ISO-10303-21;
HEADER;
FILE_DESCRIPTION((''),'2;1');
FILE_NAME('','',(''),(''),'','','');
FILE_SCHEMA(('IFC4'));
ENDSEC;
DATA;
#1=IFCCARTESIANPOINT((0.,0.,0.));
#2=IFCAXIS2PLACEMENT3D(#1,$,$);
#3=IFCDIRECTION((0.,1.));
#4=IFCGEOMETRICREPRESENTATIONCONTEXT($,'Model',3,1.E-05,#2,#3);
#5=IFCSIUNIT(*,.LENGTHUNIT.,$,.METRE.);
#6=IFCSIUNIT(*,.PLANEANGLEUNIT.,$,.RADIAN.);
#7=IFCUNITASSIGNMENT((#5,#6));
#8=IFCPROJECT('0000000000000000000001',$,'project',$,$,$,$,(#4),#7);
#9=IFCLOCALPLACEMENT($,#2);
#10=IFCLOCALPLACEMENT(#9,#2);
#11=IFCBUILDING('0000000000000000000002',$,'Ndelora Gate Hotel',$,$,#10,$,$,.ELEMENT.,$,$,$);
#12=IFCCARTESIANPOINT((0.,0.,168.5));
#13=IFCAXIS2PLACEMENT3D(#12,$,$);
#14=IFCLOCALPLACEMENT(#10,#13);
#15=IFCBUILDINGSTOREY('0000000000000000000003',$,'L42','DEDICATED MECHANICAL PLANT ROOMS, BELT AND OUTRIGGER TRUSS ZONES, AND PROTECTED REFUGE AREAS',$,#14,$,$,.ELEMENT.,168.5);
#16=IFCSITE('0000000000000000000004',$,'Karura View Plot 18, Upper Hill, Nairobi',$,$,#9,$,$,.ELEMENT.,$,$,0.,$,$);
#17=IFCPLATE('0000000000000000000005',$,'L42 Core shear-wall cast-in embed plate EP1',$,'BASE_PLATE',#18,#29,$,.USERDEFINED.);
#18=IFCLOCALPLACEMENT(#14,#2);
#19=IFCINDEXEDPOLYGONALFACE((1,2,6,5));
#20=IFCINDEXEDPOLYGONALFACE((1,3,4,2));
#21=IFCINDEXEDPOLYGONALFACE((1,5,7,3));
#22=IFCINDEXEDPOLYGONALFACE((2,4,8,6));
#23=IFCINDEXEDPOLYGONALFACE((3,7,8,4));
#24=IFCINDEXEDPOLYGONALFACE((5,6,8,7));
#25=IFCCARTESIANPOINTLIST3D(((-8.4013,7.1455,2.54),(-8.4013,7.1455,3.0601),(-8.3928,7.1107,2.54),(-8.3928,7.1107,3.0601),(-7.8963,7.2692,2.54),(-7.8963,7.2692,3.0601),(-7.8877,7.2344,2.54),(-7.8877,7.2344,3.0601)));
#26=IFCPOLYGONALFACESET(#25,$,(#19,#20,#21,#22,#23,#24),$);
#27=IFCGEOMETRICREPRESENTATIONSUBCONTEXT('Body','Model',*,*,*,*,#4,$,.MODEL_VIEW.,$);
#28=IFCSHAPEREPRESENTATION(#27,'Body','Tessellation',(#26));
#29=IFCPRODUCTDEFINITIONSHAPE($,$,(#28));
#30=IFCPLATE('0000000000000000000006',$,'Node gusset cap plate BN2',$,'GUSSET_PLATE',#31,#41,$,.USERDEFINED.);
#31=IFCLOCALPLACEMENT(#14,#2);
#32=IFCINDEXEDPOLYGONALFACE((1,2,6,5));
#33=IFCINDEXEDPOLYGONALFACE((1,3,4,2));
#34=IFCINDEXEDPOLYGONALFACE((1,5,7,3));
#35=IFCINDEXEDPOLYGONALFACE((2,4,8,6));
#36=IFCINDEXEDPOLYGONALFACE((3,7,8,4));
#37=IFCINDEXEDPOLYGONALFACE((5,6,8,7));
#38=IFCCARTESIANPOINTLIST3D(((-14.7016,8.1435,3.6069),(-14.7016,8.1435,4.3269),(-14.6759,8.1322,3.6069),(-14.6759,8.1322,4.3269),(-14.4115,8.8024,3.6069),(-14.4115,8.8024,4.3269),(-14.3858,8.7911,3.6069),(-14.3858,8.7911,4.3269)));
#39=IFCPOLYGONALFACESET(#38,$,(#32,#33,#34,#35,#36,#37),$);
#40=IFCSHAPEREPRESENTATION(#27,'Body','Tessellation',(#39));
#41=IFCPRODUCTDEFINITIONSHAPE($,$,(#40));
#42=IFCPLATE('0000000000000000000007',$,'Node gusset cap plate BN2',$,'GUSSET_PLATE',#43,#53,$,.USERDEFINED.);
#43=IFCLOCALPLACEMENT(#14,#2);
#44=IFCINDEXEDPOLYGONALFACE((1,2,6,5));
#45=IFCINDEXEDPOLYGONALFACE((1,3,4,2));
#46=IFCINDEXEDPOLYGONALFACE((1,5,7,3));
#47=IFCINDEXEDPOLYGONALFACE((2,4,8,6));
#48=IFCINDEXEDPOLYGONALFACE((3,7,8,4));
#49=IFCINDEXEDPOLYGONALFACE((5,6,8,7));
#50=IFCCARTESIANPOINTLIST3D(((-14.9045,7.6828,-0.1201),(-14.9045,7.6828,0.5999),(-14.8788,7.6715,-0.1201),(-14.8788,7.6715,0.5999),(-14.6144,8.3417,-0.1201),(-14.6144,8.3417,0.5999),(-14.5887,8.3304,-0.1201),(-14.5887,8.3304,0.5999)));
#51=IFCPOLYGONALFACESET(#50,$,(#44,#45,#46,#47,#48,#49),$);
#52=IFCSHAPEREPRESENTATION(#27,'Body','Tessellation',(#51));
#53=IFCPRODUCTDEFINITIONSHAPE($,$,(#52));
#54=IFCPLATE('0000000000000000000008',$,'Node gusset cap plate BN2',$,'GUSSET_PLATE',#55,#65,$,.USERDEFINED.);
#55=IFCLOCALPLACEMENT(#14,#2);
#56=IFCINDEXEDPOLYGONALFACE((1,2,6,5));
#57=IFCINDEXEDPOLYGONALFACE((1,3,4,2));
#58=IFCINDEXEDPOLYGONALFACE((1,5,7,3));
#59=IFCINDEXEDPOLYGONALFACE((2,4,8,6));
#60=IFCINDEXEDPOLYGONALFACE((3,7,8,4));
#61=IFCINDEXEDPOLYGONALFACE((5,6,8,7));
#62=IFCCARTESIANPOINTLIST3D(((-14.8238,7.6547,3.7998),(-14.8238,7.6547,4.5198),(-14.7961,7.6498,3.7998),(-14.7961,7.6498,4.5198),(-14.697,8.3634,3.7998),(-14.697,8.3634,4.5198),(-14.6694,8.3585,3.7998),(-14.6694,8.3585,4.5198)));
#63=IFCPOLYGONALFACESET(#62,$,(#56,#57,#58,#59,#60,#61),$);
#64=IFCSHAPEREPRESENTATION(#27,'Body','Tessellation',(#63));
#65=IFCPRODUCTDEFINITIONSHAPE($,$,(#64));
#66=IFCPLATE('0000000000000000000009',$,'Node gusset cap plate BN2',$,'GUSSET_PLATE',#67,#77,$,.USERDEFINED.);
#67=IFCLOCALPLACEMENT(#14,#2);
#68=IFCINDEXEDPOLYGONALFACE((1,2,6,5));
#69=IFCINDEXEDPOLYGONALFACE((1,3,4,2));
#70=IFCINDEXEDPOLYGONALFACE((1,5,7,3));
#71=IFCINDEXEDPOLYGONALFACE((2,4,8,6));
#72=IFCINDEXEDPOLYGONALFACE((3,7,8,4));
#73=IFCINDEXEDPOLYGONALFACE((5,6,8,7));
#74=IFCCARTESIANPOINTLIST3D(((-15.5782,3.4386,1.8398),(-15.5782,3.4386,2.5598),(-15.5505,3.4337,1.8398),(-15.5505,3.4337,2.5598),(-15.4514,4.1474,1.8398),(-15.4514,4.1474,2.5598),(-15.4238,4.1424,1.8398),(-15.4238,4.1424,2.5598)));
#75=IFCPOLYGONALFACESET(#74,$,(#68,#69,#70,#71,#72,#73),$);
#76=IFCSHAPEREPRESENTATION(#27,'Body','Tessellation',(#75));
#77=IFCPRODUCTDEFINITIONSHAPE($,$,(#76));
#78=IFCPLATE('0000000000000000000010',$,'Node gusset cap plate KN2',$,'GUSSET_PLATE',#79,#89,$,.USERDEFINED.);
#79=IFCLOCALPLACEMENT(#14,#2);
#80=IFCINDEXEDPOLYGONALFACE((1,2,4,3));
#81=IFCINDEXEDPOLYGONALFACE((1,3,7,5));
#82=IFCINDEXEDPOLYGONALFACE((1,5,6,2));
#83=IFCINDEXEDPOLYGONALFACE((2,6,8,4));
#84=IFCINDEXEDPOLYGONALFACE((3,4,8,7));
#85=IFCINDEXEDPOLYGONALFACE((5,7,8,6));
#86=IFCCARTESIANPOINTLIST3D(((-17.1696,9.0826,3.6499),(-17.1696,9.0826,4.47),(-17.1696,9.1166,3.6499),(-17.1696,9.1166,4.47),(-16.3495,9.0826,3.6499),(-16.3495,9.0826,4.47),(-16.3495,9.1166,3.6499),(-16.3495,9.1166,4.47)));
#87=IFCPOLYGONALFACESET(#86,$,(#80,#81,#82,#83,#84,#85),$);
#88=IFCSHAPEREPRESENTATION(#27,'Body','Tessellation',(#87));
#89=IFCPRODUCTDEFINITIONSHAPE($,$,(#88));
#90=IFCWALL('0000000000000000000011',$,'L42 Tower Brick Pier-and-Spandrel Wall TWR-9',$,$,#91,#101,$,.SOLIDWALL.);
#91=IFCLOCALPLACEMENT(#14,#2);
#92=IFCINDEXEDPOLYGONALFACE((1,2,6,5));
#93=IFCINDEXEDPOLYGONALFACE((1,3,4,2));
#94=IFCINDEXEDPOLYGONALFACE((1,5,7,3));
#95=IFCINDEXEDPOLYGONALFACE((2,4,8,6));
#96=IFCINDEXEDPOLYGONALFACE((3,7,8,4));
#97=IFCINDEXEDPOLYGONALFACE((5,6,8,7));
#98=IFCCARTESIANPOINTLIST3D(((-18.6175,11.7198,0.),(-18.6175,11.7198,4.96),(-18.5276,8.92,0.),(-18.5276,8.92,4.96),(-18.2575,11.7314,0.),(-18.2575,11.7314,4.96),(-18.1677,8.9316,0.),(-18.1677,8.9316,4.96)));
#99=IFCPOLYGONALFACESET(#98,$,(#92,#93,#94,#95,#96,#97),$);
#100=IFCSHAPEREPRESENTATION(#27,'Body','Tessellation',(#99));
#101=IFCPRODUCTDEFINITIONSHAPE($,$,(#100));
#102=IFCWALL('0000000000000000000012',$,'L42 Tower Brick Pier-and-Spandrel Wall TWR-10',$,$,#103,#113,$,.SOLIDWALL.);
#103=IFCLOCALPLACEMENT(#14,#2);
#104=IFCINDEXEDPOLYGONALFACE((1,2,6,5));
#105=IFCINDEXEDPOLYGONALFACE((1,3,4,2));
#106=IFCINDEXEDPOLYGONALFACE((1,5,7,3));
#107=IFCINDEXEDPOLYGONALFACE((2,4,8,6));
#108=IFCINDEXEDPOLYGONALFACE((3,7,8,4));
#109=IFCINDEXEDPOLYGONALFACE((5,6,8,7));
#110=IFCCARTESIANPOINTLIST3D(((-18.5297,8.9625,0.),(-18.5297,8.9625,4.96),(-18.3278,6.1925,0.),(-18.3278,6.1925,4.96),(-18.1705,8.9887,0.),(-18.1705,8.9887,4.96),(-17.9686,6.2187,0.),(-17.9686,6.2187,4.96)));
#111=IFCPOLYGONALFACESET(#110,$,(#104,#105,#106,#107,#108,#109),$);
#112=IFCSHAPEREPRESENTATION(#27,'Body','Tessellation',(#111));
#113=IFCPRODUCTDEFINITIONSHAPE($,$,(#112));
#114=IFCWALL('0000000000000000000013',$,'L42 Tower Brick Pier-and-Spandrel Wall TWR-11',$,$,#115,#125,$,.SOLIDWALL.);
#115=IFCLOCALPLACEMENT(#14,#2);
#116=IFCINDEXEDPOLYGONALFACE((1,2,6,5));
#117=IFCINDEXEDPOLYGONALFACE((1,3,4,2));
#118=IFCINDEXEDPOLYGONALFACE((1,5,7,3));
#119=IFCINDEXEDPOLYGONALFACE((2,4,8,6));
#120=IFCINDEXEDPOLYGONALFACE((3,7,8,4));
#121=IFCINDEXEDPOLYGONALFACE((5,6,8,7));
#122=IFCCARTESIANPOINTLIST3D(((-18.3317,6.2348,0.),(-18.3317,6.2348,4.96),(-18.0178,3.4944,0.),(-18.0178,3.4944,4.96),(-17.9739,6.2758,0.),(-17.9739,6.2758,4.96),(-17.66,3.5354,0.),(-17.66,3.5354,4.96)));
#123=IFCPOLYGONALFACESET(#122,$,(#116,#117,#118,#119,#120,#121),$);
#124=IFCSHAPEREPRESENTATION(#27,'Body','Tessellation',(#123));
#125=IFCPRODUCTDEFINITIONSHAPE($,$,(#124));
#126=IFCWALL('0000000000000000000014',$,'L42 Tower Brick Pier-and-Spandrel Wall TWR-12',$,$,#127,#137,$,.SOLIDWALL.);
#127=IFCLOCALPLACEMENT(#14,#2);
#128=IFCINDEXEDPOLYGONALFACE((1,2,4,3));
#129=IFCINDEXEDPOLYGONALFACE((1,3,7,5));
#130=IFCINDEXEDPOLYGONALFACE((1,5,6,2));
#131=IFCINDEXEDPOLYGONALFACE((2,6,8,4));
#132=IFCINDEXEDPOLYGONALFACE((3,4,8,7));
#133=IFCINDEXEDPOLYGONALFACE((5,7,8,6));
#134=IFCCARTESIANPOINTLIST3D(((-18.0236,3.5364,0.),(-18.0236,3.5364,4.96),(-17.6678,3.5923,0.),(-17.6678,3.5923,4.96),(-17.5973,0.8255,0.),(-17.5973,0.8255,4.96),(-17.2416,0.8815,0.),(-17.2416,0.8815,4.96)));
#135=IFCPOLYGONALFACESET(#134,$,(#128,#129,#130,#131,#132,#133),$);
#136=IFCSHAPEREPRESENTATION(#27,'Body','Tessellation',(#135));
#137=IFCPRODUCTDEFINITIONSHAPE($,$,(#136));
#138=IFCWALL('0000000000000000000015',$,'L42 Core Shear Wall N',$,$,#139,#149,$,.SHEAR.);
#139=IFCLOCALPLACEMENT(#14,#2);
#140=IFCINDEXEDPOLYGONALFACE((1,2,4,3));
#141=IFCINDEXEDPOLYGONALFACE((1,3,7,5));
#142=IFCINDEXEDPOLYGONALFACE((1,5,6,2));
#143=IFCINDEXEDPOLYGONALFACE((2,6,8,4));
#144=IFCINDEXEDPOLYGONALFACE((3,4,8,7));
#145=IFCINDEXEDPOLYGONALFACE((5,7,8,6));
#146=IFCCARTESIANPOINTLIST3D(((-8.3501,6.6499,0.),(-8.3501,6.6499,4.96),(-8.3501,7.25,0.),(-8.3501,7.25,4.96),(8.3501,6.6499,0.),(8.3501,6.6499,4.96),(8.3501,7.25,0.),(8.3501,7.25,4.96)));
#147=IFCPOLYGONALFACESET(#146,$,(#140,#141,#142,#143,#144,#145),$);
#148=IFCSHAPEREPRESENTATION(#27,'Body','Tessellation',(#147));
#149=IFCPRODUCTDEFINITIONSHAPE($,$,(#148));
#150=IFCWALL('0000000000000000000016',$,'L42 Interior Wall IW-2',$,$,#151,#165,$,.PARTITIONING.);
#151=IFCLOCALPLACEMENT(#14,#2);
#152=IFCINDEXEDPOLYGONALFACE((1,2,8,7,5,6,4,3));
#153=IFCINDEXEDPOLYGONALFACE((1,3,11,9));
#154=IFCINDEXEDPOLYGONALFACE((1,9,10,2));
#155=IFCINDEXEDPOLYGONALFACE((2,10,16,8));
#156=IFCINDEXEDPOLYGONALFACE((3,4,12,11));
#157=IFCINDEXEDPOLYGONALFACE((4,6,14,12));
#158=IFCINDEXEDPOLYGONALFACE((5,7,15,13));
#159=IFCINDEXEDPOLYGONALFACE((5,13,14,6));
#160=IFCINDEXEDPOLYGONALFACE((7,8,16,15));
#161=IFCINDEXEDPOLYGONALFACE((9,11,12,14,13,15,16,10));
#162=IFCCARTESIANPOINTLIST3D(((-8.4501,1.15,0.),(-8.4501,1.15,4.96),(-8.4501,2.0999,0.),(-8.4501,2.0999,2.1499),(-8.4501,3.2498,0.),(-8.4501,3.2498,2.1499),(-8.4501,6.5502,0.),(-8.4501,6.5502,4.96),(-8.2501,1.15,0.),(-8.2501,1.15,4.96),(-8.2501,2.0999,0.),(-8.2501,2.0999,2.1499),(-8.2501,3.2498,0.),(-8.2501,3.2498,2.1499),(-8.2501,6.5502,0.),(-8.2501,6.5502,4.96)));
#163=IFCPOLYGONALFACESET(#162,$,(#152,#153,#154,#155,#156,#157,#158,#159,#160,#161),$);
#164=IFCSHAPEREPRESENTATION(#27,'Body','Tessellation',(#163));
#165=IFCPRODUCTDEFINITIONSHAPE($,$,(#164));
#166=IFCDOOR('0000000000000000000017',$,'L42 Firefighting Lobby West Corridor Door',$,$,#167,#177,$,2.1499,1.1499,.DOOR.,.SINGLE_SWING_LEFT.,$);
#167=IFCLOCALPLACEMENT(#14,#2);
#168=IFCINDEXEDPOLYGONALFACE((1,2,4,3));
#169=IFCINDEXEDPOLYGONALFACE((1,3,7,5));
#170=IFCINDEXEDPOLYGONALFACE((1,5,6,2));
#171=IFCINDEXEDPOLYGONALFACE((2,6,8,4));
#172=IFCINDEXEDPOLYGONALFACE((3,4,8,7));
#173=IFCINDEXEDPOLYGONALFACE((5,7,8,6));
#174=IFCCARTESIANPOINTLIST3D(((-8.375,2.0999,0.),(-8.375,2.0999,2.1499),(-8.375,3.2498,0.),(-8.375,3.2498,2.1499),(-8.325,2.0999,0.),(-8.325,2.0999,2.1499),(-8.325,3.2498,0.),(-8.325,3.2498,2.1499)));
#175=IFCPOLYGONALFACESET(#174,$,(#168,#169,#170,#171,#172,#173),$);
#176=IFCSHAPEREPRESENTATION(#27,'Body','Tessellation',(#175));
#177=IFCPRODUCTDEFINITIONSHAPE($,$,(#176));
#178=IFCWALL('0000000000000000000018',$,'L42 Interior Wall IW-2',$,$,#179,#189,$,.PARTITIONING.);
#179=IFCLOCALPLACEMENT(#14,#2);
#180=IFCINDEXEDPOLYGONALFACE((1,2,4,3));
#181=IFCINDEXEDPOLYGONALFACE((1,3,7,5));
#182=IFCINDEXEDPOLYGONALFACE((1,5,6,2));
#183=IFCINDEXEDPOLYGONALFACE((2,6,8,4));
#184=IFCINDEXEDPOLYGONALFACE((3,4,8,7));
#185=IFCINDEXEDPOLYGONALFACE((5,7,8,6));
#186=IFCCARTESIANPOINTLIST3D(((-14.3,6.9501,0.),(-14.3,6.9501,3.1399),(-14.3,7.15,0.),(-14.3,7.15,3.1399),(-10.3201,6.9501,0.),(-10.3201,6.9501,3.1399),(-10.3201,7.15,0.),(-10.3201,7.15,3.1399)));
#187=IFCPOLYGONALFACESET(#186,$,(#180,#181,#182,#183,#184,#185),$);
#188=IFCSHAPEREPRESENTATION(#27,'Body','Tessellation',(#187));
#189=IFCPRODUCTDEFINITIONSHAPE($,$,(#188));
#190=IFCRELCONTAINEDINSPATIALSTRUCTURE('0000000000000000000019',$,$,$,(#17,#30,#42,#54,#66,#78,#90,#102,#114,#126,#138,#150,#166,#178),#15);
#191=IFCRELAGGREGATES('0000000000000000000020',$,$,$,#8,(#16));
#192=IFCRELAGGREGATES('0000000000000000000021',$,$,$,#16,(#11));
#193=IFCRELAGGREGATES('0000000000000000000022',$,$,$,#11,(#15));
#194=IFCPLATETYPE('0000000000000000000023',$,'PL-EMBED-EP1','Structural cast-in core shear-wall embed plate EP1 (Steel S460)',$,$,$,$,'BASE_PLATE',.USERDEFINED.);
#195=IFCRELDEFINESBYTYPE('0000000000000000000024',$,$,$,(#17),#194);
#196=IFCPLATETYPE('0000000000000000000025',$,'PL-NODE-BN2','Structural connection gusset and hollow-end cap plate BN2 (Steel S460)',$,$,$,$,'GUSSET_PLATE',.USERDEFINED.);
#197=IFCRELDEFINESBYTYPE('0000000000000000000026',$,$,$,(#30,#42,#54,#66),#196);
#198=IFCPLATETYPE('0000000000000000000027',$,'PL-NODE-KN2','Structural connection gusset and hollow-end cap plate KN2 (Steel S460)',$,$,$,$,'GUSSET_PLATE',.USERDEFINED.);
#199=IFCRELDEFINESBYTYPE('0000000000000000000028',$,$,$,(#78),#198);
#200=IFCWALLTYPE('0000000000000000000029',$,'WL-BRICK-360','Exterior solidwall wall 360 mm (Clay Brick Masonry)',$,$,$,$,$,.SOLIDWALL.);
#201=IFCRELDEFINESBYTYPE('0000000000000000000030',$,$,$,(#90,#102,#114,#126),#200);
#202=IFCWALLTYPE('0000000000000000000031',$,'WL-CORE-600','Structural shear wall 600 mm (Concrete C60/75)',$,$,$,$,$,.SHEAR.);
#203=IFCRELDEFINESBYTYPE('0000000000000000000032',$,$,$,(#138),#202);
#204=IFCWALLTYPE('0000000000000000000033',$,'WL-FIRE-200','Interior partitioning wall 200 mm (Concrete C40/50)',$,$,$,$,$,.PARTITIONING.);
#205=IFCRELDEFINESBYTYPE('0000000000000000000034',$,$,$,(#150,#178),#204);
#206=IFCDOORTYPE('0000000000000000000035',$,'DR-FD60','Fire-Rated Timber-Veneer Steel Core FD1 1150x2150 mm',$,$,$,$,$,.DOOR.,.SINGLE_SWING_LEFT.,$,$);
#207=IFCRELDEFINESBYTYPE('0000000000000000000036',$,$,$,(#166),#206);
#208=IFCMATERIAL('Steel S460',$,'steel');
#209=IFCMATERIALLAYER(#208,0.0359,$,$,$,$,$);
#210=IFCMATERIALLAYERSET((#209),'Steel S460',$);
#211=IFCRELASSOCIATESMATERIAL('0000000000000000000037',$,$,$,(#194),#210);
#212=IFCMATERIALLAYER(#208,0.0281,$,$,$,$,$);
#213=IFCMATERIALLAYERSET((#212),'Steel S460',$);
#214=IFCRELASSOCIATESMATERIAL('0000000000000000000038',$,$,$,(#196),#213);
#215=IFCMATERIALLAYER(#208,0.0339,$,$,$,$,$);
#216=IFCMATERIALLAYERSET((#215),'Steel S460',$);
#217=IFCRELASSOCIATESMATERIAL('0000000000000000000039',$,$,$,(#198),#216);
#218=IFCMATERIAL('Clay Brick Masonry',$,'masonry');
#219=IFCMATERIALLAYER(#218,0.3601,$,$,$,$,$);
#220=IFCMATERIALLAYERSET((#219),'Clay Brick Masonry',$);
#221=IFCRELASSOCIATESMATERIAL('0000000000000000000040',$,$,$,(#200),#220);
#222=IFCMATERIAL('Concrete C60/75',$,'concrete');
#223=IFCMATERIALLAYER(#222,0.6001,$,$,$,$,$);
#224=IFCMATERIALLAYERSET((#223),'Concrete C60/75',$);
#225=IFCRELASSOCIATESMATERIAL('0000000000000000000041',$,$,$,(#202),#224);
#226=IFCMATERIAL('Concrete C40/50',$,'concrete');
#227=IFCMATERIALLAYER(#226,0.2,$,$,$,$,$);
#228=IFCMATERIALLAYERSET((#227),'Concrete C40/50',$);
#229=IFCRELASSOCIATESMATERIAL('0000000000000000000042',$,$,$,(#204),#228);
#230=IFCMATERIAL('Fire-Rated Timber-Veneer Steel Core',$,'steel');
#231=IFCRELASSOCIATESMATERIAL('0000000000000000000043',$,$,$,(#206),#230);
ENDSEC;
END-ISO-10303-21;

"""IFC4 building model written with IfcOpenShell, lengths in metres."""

from ifc_helpers import new_model, si_unit, direction, frame, frame_2d, origin, origin_2d, place, context, subcontext, project, spatial, rectangle, extrude, material, layer, layer_set, type_object, element, fill, save


model = new_model("IFC4")

# Units and contexts
model_context = context("Model", 3, precision=1e-05, world=origin(), true_north=direction((0.0, 1.0)))
body_context = subcontext(model_context, "Body", "Model", "MODEL_VIEW")
ifc_project = project(units=[si_unit("LENGTHUNIT", "METRE"), si_unit("PLANEANGLEUNIT", "RADIAN")], contexts=[model_context])

# Site, building, storey
site_placement = place(None, origin())
site = spatial("IfcSite", under=ifc_project, at=site_placement, Name="Karura View Plot 18, Upper Hill, Nairobi", CompositionType="ELEMENT", RefElevation=0.0)
building_placement = place(site_placement, origin())
building = spatial("IfcBuilding", under=site, at=building_placement, Name="Ndelora Gate Hotel", CompositionType="ELEMENT")
storey_placement = place(building_placement, frame((0.0, 0.0, 168.5)))
storey = spatial("IfcBuildingStorey", under=building, at=storey_placement, Name="L42", Description="DEDICATED MECHANICAL PLANT ROOMS, BELT AND OUTRIGGER TRUSS ZONES, AND PROTECTED REFUGE AREAS", CompositionType="ELEMENT", Elevation=168.5)

# Shared definitions
ifc_material_1 = material(Name="Concrete C60/75", Category="concrete")

# Shared definitions
ifc_material_2 = material(Name="Steel S460", Category="steel")

# Plates
ifc_layer_1 = layer(ifc_material_2, 0.0359)
ifc_layer_set_1 = layer_set([ifc_layer_1], Name="Steel S460")
plate_type_1 = type_object("IfcPlateType", Name="PL-EMBED-EP1", Description="Structural cast-in core shear-wall embed plate EP1 (Steel S460)", ElementType="BASE_PLATE", PredefinedType="USERDEFINED", material=ifc_layer_set_1)
plate_1_placement = place(storey_placement, frame((-8.1445, 7.1899, 2.54), z_axis=(0.0, 0.0, 1.0), x_axis=(0.971301, 0.237855, 0.0)))
element("IfcPlate", 1, at=plate_1_placement, inside=storey, type_object=plate_type_1, Name="L42 Core shear-wall cast-in embed plate EP1", ObjectType="BASE_PLATE", PredefinedType="USERDEFINED", context=body_context, shape_type="SweptSolid", body=[
    extrude(rectangle(XDim=0.52, YDim=0.0359, at=origin_2d()), origin(), (0.0, 0.0, 1.0), 0.52),
])
ifc_layer_2 = layer(ifc_material_2, 0.0281)
ifc_layer_set_2 = layer_set([ifc_layer_2], Name="Steel S460")
plate_type_2 = type_object("IfcPlateType", Name="PL-NODE-BN2", Description="Structural connection gusset and hollow-end cap plate BN2 (Steel S460)", ElementType="GUSSET_PLATE", PredefinedType="USERDEFINED", material=ifc_layer_set_2)
for number, where, z_axis, x_axis, name in (
    (2, (-14.5437, 8.4673, 3.6069), (0.0, 0.0, 1.0), (0.402906, 0.915241, 0.0), "Node gusset cap plate BN2"),
    (3, (-14.7466, 8.0066, -0.1201), (0.0, 0.0, 1.0), (0.402906, 0.915241, 0.0), "Node gusset cap plate BN2"),
    (4, (-14.7466, 8.0066, 3.7998), (0.0, 0.0, 1.0), (0.176054, 0.984381, 0.0), "Node gusset cap plate BN2"),
    (5, (-15.501, 3.7905, 1.8398), (0.0, 0.0, 1.0), (0.176054, 0.984381, 0.0), "Node gusset cap plate BN2"),
):
    element("IfcPlate", number, at=place(storey_placement, frame(where, z_axis=z_axis, x_axis=x_axis)), inside=storey, type_object=plate_type_2, Name=name, ObjectType="GUSSET_PLATE", PredefinedType="USERDEFINED", context=body_context, shape_type="SweptSolid", body=[
        extrude(rectangle(XDim=0.72, YDim=0.0281, at=origin_2d()), origin(), (0.0, 0.0, 1.0), 0.72),
    ])
ifc_layer_3 = layer(ifc_material_2, 0.0339)
ifc_layer_set_3 = layer_set([ifc_layer_3], Name="Steel S460")
plate_type_3 = type_object("IfcPlateType", Name="PL-NODE-KN2", Description="Structural connection gusset and hollow-end cap plate KN2 (Steel S460)", ElementType="GUSSET_PLATE", PredefinedType="USERDEFINED", material=ifc_layer_set_3)
plate_2_placement = place(storey_placement, frame((-16.7595, 9.0996, 3.6499), z_axis=(0.0, 0.0, 1.0), x_axis=(1.0, 0.0, 0.0)))
element("IfcPlate", 6, at=plate_2_placement, inside=storey, type_object=plate_type_3, Name="Node gusset cap plate KN2", ObjectType="GUSSET_PLATE", PredefinedType="USERDEFINED", context=body_context, shape_type="SweptSolid", body=[
    extrude(rectangle(XDim=0.8201, YDim=0.0339, at=origin_2d()), origin(), (0.0, 0.0, 1.0), 0.8201),
])

# Walls
ifc_material_3 = material(Name="Clay Brick Masonry", Category="masonry")
ifc_layer_4 = layer(ifc_material_3, 0.3601)
ifc_layer_set_4 = layer_set([ifc_layer_4], Name="Clay Brick Masonry")
wall_type_1 = type_object("IfcWallType", Name="WL-BRICK-360", Description="Exterior solidwall wall 360 mm (Clay Brick Masonry)", PredefinedType="SOLIDWALL", material=ifc_layer_set_4)
wall_1_placement = place(storey_placement, frame((-18.3477, 8.9258, 0.0), z_axis=(0.0, 0.0, 1.0), x_axis=(-0.032073, 0.999486, 0.0)))
element("IfcWall", 7, at=wall_1_placement, inside=storey, type_object=wall_type_1, Name="L42 Tower Brick Pier-and-Spandrel Wall TWR-9", PredefinedType="SOLIDWALL", context=body_context, shape_type="SweptSolid", body=[
    extrude(rectangle(XDim=2.8013, YDim=0.3601, at=frame_2d((1.4006, 0.0))), origin(), (0.0, 0.0, 1.0), 4.96),
])
wall_2_placement = place(storey_placement, frame((-18.1482, 6.2056, 0.0), z_axis=(0.0, 0.0, 1.0), x_axis=(-0.072696, 0.997354, 0.0)))
element("IfcWall", 8, at=wall_2_placement, inside=storey, type_object=wall_type_1, Name="L42 Tower Brick Pier-and-Spandrel Wall TWR-10", PredefinedType="SOLIDWALL", context=body_context, shape_type="SweptSolid", body=[
    extrude(rectangle(XDim=2.7773, YDim=0.3601, at=frame_2d((1.3887, 0.0))), origin(), (0.0, 0.0, 1.0), 4.96),
])
wall_3_placement = place(storey_placement, frame((-17.8389, 3.5149, 0.0), z_axis=(0.0, 0.0, 1.0), x_axis=(-0.113821, 0.993501, 0.0)))
element("IfcWall", 9, at=wall_3_placement, inside=storey, type_object=wall_type_1, Name="L42 Tower Brick Pier-and-Spandrel Wall TWR-11", PredefinedType="SOLIDWALL", context=body_context, shape_type="SweptSolid", body=[
    extrude(rectangle(XDim=2.7583, YDim=0.3601, at=frame_2d((1.3792, 0.0))), origin(), (0.0, 0.0, 1.0), 4.96),
])
wall_4_placement = place(storey_placement, frame((-17.4194, 0.8535, 0.0), z_axis=(0.0, 0.0, 1.0), x_axis=(-0.155332, 0.987862, 0.0)))
element("IfcWall", 10, at=wall_4_placement, inside=storey, type_object=wall_type_1, Name="L42 Tower Brick Pier-and-Spandrel Wall TWR-12", PredefinedType="SOLIDWALL", context=body_context, shape_type="SweptSolid", body=[
    extrude(rectangle(XDim=2.7441, YDim=0.3601, at=frame_2d((1.3721, 0.0))), origin(), (0.0, 0.0, 1.0), 4.96),
])
ifc_layer_5 = layer(ifc_material_1, 0.6001)
ifc_layer_set_5 = layer_set([ifc_layer_5], Name="Concrete C60/75")
wall_type_2 = type_object("IfcWallType", Name="WL-CORE-600", Description="Structural shear wall 600 mm (Concrete C60/75)", PredefinedType="SHEAR", material=ifc_layer_set_5)
wall_5_placement = place(storey_placement, frame((-8.3501, 6.95, 0.0), z_axis=(0.0, 0.0, 1.0), x_axis=(1.0, 0.0, 0.0)))
element("IfcWall", 11, at=wall_5_placement, inside=storey, type_object=wall_type_2, Name="L42 Core Shear Wall N", PredefinedType="SHEAR", context=body_context, shape_type="SweptSolid", body=[
    extrude(rectangle(XDim=16.7002, YDim=0.6001, at=frame_2d((8.3501, 0.0))), origin(), (0.0, 0.0, 1.0), 4.96),
])

# Wall, opening, door
ifc_material_4 = material(Name="Concrete C40/50", Category="concrete")
ifc_layer_6 = layer(ifc_material_4, 0.2)
ifc_layer_set_6 = layer_set([ifc_layer_6], Name="Concrete C40/50")
wall_type_3 = type_object("IfcWallType", Name="WL-FIRE-200", Description="Interior partitioning wall 200 mm (Concrete C40/50)", PredefinedType="PARTITIONING", material=ifc_layer_set_6)
wall_6_placement = place(storey_placement, frame((-8.3501, 1.1499, 0.0), z_axis=(0.0, 0.0, 1.0), x_axis=(0.0, 1.0, 0.0)))
wall_6 = element("IfcWall", 12, at=wall_6_placement, inside=storey, type_object=wall_type_3, Name="L42 Interior Wall IW-2", PredefinedType="PARTITIONING", context=body_context, shape_type="SweptSolid", body=[
    extrude(rectangle(XDim=5.4001, YDim=0.2, at=frame_2d((2.7002, 0.0))), origin(), (0.0, 0.0, 1.0), 4.96),
])
opening_placement = place(wall_6_placement, frame((0.95, 0.0, 0.0)))
opening = element("IfcOpeningElement", 13, at=opening_placement, cuts=wall_6, PredefinedType="OPENING", context=body_context, shape_type="SweptSolid", body=[
    extrude(rectangle(XDim=1.1499, YDim=2.1499, at=frame_2d((0.575, 1.075))), frame((0.0, 0.1099, 0.0), z_axis=(0.0, -1.0, 0.0), x_axis=(1.0, 0.0, 0.0)), (0.0, 0.0, 1.0), 0.22),
])
ifc_material_5 = material(Name="Fire-Rated Timber-Veneer Steel Core", Category="steel")
door_type = type_object("IfcDoorType", Name="DR-FD60", Description="Fire-Rated Timber-Veneer Steel Core FD1 1150x2150 mm", OperationType="SINGLE_SWING_LEFT", PredefinedType="DOOR", material=ifc_material_5)
door_placement = place(opening_placement, origin())
door = element("IfcDoor", 14, at=door_placement, inside=storey, type_object=door_type, Name="L42 Firefighting Lobby West Corridor Door", OperationType="SINGLE_SWING_LEFT", OverallHeight=2.1499, OverallWidth=1.1499, PredefinedType="DOOR", context=body_context, shape_type="SweptSolid", body=[
    extrude(rectangle(XDim=1.1499, YDim=2.1499, at=frame_2d((0.575, 1.075))), frame((0.0, 0.0249, 0.0), z_axis=(0.0, -1.0, 0.0), x_axis=(1.0, 0.0, 0.0)), (0.0, 0.0, 1.0), 0.05),
])
fill(opening, door)

# Wall
wall_7_placement = place(storey_placement, frame((-10.3201, 7.05, 0.0), z_axis=(0.0, 0.0, 1.0), x_axis=(-1.0, 0.0, 0.0)))
element("IfcWall", 15, at=wall_7_placement, inside=storey, type_object=wall_type_3, Name="L42 Interior Wall IW-2", PredefinedType="PARTITIONING", context=body_context, shape_type="SweptSolid", body=[
    extrude(rectangle(XDim=3.98, YDim=0.2, at=frame_2d((1.99, 0.0))), origin(), (0.0, 0.0, 1.0), 3.1399),
])

save(model, "model.ifc")
